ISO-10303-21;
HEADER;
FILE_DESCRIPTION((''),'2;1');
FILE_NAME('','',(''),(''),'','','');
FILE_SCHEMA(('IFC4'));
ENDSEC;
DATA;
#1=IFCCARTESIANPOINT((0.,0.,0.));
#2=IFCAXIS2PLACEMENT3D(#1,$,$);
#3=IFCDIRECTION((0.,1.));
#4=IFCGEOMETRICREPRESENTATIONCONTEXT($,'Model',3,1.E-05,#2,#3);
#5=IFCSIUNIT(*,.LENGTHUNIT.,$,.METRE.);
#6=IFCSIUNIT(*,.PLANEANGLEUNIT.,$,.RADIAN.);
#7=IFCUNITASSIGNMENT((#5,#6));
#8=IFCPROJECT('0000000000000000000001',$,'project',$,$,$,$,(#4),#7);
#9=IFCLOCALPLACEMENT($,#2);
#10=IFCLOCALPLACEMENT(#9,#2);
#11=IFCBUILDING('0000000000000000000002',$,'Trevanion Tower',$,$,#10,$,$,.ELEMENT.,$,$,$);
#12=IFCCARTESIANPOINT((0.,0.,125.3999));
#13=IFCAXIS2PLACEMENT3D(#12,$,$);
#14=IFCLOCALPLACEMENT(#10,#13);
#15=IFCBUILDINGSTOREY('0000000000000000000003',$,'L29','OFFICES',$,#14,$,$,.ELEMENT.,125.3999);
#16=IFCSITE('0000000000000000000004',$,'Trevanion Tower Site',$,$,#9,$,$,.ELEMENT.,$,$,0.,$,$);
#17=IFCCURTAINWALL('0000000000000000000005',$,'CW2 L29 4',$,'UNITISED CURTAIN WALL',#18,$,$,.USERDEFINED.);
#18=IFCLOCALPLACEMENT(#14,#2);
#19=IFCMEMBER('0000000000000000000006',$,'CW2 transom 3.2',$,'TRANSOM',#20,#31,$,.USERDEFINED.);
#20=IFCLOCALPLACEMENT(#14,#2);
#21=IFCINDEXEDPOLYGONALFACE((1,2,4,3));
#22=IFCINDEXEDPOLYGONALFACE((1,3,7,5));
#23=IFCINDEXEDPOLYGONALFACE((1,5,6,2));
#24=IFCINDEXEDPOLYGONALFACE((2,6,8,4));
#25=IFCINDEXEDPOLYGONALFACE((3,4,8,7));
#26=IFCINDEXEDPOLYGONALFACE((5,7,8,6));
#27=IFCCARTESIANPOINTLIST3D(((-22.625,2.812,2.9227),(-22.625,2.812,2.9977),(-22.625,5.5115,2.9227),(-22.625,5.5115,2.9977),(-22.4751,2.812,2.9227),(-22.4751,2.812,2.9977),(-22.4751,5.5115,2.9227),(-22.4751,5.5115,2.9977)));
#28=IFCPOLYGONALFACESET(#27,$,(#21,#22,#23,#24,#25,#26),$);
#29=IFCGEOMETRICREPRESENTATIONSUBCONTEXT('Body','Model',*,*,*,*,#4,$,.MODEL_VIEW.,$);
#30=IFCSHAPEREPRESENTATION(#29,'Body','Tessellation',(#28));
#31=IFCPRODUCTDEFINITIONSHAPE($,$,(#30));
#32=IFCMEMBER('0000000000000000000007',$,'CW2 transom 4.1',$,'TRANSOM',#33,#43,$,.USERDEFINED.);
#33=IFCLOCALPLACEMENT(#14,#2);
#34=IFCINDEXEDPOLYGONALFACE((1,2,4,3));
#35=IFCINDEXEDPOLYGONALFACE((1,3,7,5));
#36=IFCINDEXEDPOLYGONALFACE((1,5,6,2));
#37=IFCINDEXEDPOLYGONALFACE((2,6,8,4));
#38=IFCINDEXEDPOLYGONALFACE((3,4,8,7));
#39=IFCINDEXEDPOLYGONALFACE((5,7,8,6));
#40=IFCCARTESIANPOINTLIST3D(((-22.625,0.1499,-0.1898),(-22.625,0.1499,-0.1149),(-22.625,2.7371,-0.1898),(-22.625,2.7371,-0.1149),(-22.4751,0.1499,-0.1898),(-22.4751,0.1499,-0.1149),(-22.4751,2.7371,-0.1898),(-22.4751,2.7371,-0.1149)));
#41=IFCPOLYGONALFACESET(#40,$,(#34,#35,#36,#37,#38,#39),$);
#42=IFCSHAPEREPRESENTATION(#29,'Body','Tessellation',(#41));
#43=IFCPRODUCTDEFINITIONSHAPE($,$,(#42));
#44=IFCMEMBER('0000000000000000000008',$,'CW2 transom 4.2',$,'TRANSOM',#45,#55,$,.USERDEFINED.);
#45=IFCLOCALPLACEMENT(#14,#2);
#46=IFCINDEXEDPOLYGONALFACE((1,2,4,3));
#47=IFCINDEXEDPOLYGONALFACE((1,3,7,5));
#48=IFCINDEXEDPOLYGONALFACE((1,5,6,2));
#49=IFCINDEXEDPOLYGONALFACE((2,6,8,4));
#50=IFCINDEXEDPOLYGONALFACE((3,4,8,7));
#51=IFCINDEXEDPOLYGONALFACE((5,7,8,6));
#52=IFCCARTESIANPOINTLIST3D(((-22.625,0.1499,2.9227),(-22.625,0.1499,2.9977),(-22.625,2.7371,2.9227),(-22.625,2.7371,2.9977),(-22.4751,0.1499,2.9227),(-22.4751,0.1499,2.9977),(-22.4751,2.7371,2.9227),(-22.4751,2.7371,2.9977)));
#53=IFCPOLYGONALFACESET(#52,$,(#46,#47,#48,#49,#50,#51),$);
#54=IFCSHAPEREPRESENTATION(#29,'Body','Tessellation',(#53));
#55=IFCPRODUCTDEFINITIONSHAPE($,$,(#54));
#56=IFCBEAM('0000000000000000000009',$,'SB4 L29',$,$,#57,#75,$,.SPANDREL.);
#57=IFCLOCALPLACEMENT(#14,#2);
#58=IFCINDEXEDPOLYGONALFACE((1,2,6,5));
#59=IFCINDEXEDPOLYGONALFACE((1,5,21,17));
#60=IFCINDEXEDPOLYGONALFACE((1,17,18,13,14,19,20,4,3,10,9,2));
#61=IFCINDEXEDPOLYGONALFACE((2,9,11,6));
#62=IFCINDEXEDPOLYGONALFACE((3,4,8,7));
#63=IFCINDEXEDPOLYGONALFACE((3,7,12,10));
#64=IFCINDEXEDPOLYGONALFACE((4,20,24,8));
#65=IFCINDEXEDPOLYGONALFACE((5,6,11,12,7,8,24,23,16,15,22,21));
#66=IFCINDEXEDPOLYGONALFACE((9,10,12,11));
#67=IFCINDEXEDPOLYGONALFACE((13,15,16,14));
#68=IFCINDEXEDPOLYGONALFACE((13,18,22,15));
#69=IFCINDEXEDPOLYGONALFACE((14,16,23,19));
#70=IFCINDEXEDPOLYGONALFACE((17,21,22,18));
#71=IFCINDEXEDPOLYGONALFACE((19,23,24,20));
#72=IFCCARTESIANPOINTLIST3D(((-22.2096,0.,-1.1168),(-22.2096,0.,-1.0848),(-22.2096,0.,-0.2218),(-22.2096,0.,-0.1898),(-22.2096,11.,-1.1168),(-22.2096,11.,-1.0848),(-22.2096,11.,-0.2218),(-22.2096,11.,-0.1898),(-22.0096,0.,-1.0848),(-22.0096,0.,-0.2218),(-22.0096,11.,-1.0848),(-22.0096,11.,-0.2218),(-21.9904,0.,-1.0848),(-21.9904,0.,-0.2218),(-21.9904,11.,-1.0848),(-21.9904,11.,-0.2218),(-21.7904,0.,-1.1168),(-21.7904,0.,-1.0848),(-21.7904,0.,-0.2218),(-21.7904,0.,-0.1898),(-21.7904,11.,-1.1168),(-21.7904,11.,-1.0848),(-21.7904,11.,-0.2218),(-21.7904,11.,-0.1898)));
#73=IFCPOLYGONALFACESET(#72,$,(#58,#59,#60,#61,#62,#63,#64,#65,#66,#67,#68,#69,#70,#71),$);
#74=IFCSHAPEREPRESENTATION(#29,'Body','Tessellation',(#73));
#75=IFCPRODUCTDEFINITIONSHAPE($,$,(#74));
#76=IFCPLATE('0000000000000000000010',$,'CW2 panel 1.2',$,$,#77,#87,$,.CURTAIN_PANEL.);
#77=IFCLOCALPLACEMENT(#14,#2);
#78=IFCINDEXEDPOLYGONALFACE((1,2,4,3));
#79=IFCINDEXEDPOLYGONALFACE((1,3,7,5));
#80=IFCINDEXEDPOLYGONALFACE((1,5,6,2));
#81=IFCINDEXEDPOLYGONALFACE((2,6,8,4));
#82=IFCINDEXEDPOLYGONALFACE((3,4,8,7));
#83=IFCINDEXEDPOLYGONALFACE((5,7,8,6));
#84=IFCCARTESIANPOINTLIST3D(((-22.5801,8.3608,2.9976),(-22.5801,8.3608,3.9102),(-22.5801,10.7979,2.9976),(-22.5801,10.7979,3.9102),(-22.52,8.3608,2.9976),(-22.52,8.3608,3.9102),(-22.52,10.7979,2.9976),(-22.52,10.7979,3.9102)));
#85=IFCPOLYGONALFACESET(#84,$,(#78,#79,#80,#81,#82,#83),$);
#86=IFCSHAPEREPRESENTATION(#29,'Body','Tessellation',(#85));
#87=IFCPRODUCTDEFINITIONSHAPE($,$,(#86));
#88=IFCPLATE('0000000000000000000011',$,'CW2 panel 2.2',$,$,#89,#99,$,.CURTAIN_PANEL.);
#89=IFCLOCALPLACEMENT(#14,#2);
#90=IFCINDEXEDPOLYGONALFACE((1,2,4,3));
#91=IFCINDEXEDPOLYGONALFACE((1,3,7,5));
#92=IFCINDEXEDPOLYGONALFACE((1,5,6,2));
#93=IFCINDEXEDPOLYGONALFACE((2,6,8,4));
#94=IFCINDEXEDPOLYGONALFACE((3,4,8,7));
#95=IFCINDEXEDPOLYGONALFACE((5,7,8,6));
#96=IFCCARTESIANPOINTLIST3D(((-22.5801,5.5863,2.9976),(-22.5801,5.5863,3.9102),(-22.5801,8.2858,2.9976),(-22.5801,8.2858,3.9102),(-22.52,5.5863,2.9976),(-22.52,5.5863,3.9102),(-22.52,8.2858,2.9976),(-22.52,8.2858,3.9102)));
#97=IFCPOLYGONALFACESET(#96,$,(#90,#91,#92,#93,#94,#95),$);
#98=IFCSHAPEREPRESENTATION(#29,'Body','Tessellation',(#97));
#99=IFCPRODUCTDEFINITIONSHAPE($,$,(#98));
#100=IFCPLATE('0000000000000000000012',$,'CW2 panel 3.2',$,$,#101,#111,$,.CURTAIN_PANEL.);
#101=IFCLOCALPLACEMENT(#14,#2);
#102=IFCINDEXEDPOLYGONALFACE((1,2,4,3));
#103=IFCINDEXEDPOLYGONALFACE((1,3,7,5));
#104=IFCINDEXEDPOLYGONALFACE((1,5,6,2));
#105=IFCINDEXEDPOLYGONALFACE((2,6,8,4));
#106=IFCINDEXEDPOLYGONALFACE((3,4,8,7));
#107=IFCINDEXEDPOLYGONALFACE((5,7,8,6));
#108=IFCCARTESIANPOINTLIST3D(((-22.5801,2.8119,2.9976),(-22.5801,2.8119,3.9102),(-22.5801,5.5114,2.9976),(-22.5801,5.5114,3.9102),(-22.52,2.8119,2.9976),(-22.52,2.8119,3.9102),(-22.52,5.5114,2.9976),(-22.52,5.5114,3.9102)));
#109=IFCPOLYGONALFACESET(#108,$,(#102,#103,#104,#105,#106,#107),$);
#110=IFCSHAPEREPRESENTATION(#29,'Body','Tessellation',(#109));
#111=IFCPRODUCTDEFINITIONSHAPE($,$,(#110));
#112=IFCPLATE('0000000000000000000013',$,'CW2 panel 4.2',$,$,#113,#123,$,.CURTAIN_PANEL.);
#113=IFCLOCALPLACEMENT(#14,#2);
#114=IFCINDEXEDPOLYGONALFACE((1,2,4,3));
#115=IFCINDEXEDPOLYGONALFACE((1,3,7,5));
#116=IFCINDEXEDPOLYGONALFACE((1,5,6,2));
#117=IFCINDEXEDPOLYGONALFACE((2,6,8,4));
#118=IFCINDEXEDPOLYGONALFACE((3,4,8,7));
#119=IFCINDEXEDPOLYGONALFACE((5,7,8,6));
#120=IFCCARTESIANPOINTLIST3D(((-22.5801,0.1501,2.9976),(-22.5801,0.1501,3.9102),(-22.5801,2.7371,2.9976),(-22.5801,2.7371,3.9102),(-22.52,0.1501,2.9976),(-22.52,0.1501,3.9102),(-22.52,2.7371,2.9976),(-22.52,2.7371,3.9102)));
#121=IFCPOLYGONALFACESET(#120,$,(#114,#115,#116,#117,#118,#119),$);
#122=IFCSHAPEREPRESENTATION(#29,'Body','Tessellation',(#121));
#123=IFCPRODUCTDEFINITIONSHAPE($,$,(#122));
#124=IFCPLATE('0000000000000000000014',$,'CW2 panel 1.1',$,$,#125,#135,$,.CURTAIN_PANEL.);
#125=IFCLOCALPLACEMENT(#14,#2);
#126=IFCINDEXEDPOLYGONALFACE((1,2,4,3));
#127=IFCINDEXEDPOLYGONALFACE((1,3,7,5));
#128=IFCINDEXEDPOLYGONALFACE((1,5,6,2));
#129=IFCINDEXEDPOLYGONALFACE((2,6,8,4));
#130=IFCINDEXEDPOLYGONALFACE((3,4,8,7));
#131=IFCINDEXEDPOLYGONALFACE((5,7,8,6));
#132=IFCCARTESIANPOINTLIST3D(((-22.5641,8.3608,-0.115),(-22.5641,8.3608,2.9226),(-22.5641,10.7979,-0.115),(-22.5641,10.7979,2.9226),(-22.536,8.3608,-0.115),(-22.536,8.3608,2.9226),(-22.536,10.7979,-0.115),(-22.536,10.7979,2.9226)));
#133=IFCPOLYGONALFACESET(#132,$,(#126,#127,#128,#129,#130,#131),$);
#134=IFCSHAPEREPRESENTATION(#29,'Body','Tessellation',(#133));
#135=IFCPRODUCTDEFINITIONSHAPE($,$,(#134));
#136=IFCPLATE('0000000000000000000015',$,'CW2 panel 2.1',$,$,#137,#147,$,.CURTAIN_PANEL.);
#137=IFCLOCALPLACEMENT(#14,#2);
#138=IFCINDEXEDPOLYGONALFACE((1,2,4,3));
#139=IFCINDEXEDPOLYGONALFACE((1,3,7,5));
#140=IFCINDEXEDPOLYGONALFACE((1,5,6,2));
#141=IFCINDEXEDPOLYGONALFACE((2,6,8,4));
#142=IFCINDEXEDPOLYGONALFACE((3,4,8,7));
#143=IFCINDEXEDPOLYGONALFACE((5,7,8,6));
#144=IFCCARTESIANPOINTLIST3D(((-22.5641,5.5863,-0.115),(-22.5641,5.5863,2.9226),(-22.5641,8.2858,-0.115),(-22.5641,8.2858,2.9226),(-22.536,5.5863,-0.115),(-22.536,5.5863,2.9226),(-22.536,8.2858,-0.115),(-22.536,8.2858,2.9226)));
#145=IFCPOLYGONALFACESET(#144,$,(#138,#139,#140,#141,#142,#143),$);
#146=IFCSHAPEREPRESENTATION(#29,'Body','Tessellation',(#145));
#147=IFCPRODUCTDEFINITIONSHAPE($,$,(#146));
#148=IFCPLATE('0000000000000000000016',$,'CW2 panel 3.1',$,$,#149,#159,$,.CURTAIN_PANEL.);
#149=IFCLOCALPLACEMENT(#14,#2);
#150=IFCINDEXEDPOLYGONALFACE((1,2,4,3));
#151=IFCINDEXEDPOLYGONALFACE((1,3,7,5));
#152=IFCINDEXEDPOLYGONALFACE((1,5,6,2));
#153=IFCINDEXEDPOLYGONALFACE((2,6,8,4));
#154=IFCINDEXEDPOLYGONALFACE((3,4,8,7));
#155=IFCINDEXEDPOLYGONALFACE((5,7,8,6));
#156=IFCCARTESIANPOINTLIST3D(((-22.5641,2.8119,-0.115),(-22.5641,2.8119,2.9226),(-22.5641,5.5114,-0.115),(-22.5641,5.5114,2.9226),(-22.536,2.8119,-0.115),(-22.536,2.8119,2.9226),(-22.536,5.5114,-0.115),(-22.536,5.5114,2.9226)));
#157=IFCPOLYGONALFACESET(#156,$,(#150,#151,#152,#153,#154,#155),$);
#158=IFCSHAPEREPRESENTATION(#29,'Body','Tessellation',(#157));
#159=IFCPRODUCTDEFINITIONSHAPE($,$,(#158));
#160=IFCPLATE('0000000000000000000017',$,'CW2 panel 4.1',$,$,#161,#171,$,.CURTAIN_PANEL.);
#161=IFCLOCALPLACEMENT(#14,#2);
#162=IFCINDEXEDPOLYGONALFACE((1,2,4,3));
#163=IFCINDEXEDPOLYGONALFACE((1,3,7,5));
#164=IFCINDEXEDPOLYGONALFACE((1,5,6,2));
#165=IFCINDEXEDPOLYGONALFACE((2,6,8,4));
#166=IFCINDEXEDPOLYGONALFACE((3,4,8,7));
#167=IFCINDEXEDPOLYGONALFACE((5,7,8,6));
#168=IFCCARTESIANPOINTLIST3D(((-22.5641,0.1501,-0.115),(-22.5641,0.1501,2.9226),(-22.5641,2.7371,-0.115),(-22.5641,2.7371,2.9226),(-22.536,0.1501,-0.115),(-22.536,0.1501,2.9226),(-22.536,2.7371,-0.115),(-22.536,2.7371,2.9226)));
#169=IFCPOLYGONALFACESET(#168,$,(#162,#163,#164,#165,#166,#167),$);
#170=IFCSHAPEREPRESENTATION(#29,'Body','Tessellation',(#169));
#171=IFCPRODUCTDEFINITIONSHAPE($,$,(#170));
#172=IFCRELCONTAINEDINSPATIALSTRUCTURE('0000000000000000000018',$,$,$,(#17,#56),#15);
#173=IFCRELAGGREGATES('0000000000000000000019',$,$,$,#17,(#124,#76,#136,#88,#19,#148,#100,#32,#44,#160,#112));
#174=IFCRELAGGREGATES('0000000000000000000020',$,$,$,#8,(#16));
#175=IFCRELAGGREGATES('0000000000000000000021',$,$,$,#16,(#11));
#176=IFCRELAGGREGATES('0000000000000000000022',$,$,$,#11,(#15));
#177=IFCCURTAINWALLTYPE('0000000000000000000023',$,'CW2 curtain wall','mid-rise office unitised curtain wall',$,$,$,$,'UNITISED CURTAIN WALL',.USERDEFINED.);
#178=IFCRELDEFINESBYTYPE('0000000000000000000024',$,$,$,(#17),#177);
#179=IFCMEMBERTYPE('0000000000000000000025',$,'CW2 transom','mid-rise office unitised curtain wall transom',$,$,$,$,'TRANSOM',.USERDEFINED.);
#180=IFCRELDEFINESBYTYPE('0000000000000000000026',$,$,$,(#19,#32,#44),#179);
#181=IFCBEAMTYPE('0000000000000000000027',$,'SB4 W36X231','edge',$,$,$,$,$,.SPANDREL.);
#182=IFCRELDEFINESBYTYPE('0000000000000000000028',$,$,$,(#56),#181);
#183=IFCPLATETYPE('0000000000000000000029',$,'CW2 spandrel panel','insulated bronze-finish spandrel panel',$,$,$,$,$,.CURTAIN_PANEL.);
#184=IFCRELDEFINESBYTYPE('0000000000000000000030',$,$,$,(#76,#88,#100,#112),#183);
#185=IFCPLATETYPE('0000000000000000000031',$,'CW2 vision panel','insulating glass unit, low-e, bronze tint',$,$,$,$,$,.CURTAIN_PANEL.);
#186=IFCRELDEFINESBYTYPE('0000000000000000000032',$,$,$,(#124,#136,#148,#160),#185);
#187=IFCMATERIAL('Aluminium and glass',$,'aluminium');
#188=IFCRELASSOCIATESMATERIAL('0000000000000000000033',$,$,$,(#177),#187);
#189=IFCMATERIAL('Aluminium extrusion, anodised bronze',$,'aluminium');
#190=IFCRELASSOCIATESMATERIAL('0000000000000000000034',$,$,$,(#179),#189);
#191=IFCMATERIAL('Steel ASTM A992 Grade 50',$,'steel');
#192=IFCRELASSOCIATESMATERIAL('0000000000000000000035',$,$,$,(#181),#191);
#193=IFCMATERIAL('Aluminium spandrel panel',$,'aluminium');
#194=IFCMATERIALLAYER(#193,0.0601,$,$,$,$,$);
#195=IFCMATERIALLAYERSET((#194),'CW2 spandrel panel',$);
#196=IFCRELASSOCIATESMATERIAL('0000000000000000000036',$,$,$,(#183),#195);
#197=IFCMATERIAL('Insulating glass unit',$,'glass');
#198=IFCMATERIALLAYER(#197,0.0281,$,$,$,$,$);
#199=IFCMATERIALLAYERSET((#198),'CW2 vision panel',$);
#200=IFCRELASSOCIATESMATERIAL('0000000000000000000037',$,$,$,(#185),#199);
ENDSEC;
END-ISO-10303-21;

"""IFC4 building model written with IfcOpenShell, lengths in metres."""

from ifc_helpers import new_model, si_unit, direction, frame, origin, origin_2d, place, context, subcontext, project, spatial, rectangle, i_section, extrude, material, layer, layer_set, material_profile, profile_set, type_object, element, aggregate, save


model = new_model("IFC4")

# Units and contexts
model_context = context("Model", 3, precision=1e-05, world=origin(), true_north=direction((0.0, 1.0)))
body_context = subcontext(model_context, "Body", "Model", "MODEL_VIEW")
ifc_project = project(units=[si_unit("LENGTHUNIT", "METRE"), si_unit("PLANEANGLEUNIT", "RADIAN")], contexts=[model_context])

# Site, building, storey
site_placement = place(None, origin())
site = spatial("IfcSite", under=ifc_project, at=site_placement, Name="Trevanion Tower Site", CompositionType="ELEMENT", RefElevation=0.0)
building_placement = place(site_placement, origin())
building = spatial("IfcBuilding", under=site, at=building_placement, Name="Trevanion Tower", CompositionType="ELEMENT")
storey_placement = place(building_placement, frame((0.0, 0.0, 125.3999)))
storey = spatial("IfcBuildingStorey", under=building, at=storey_placement, Name="L29", Description="OFFICES", CompositionType="ELEMENT", Elevation=125.3999)

# Curtain wall, members
ifc_material_1 = material(Name="Aluminium and glass", Category="aluminium")
curtain_wall_type = type_object("IfcCurtainWallType", Name="CW2 curtain wall", Description="mid-rise office unitised curtain wall", ElementType="UNITISED CURTAIN WALL", PredefinedType="USERDEFINED", material=ifc_material_1)
curtain_wall_placement = place(storey_placement, origin())
curtain_wall = element("IfcCurtainWall", 1, at=curtain_wall_placement, inside=storey, type_object=curtain_wall_type, Name="CW2 L29 4", ObjectType="UNITISED CURTAIN WALL", PredefinedType="USERDEFINED")
ifc_material_2 = material(Name="Aluminium extrusion, anodised bronze", Category="aluminium")
ifc_material_profile_1 = material_profile(ifc_material_2, rectangle(XDim=0.1499, YDim=0.075, at=origin_2d()), Name="CW2 transom")
ifc_profile_set_1 = profile_set([ifc_material_profile_1], Name="Aluminium extrusion, anodised bronze")
member_type_1 = type_object("IfcMemberType", Name="CW2 transom", Description="mid-rise office unitised curtain wall transom", ElementType="TRANSOM", PredefinedType="USERDEFINED", material=ifc_profile_set_1)
member_1_placement = place(storey_placement, frame((-22.55, 5.5115, 2.9602), z_axis=(0.0, -1.0, 0.0), x_axis=(1.0, 0.0, 0.0)))
member_1 = element("IfcMember", 2, at=member_1_placement, type_object=member_type_1, Name="CW2 transom 3.2", ObjectType="TRANSOM", PredefinedType="USERDEFINED", context=body_context, shape_type="SweptSolid", body=[
    extrude(rectangle(XDim=0.1499, YDim=0.075, at=origin_2d()), origin(), (0.0, 0.0, 1.0), 2.6995),
])
member_2_placement = place(storey_placement, frame((-22.55, 2.7371, -0.1523), z_axis=(0.0, -1.0, 0.0), x_axis=(1.0, 0.0, 0.0)))
member_2 = element("IfcMember", 3, at=member_2_placement, type_object=member_type_1, Name="CW2 transom 4.1", ObjectType="TRANSOM", PredefinedType="USERDEFINED", context=body_context, shape_type="SweptSolid", body=[
    extrude(rectangle(XDim=0.1499, YDim=0.075, at=origin_2d()), origin(), (0.0, 0.0, 1.0), 2.5872),
])
member_3_placement = place(storey_placement, frame((-22.55, 2.7371, 2.9602), z_axis=(0.0, -1.0, 0.0), x_axis=(1.0, 0.0, 0.0)))
member_3 = element("IfcMember", 4, at=member_3_placement, type_object=member_type_1, Name="CW2 transom 4.2", ObjectType="TRANSOM", PredefinedType="USERDEFINED", context=body_context, shape_type="SweptSolid", body=[
    extrude(rectangle(XDim=0.1499, YDim=0.075, at=origin_2d()), origin(), (0.0, 0.0, 1.0), 2.5872),
])

# Beam
ifc_material_3 = material(Name="Steel ASTM A992 Grade 50", Category="steel")
ifc_material_profile_2 = material_profile(ifc_material_3, i_section(OverallWidth=0.4192, OverallDepth=0.927, WebThickness=0.0193, FlangeThickness=0.032, at=origin_2d()), Name="W36X231")
ifc_profile_set_2 = profile_set([ifc_material_profile_2], Name="Steel ASTM A992 Grade 50")
beam_type_1 = type_object("IfcBeamType", Name="SB4 W36X231", Description="edge", PredefinedType="SPANDREL", material=ifc_profile_set_2)
beam_placement = place(storey_placement, frame((-22.0, 11.0, -0.6533), z_axis=(0.0, -1.0, 0.0), x_axis=(1.0, 0.0, 0.0)))
element("IfcBeam", 5, at=beam_placement, inside=storey, type_object=beam_type_1, Name="SB4 L29", PredefinedType="SPANDREL", context=body_context, shape_type="SweptSolid", body=[
    extrude(i_section(OverallWidth=0.4192, OverallDepth=0.927, WebThickness=0.0193, FlangeThickness=0.032, at=origin_2d()), origin(), (0.0, 0.0, 1.0), 11.0),
])

# Plates
ifc_material_4 = material(Name="Aluminium spandrel panel", Category="aluminium")
ifc_layer_1 = layer(ifc_material_4, 0.0601)
ifc_layer_set_1 = layer_set([ifc_layer_1], Name="CW2 spandrel panel")
plate_type_1 = type_object("IfcPlateType", Name="CW2 spandrel panel", Description="insulated bronze-finish spandrel panel", PredefinedType="CURTAIN_PANEL", material=ifc_layer_set_1)
plate_1_placement = place(storey_placement, frame((-22.55, 9.5793, 2.9976), z_axis=(0.0, 0.0, 1.0), x_axis=(0.0, -1.0, 0.0)))
plate_1 = element("IfcPlate", 6, at=plate_1_placement, type_object=plate_type_1, Name="CW2 panel 1.2", PredefinedType="CURTAIN_PANEL", context=body_context, shape_type="SweptSolid", body=[
    extrude(rectangle(XDim=2.437, YDim=0.0601, at=origin_2d()), origin(), (0.0, 0.0, 1.0), 0.9126),
])
plate_2_placement = place(storey_placement, frame((-22.55, 6.936, 2.9976), z_axis=(0.0, 0.0, 1.0), x_axis=(0.0, -1.0, 0.0)))
plate_2 = element("IfcPlate", 7, at=plate_2_placement, type_object=plate_type_1, Name="CW2 panel 2.2", PredefinedType="CURTAIN_PANEL", context=body_context, shape_type="SweptSolid", body=[
    extrude(rectangle(XDim=2.6995, YDim=0.0601, at=origin_2d()), origin(), (0.0, 0.0, 1.0), 0.9126),
])
plate_3_placement = place(storey_placement, frame((-22.55, 4.1616, 2.9976), z_axis=(0.0, 0.0, 1.0), x_axis=(0.0, -1.0, 0.0)))
plate_3 = element("IfcPlate", 8, at=plate_3_placement, type_object=plate_type_1, Name="CW2 panel 3.2", PredefinedType="CURTAIN_PANEL", context=body_context, shape_type="SweptSolid", body=[
    extrude(rectangle(XDim=2.6995, YDim=0.0601, at=origin_2d()), origin(), (0.0, 0.0, 1.0), 0.9126),
])
plate_4_placement = place(storey_placement, frame((-22.55, 1.4436, 2.9976), z_axis=(0.0, 0.0, 1.0), x_axis=(0.0, -1.0, 0.0)))
plate_4 = element("IfcPlate", 9, at=plate_4_placement, type_object=plate_type_1, Name="CW2 panel 4.2", PredefinedType="CURTAIN_PANEL", context=body_context, shape_type="SweptSolid", body=[
    extrude(rectangle(XDim=2.5869, YDim=0.0601, at=origin_2d()), origin(), (0.0, 0.0, 1.0), 0.9126),
])
ifc_material_5 = material(Name="Insulating glass unit", Category="glass")
ifc_layer_2 = layer(ifc_material_5, 0.0281)
ifc_layer_set_2 = layer_set([ifc_layer_2], Name="CW2 vision panel")
plate_type_2 = type_object("IfcPlateType", Name="CW2 vision panel", Description="insulating glass unit, low-e, bronze tint", PredefinedType="CURTAIN_PANEL", material=ifc_layer_set_2)
plate_5_placement = place(storey_placement, frame((-22.55, 9.5793, -0.115), z_axis=(0.0, 0.0, 1.0), x_axis=(0.0, -1.0, 0.0)))
plate_5 = element("IfcPlate", 10, at=plate_5_placement, type_object=plate_type_2, Name="CW2 panel 1.1", PredefinedType="CURTAIN_PANEL", context=body_context, shape_type="SweptSolid", body=[
    extrude(rectangle(XDim=2.437, YDim=0.0281, at=origin_2d()), origin(), (0.0, 0.0, 1.0), 3.0376),
])
plate_6_placement = place(storey_placement, frame((-22.55, 6.936, -0.115), z_axis=(0.0, 0.0, 1.0), x_axis=(0.0, -1.0, 0.0)))
plate_6 = element("IfcPlate", 11, at=plate_6_placement, type_object=plate_type_2, Name="CW2 panel 2.1", PredefinedType="CURTAIN_PANEL", context=body_context, shape_type="SweptSolid", body=[
    extrude(rectangle(XDim=2.6995, YDim=0.0281, at=origin_2d()), origin(), (0.0, 0.0, 1.0), 3.0376),
])
plate_7_placement = place(storey_placement, frame((-22.55, 4.1616, -0.115), z_axis=(0.0, 0.0, 1.0), x_axis=(0.0, -1.0, 0.0)))
plate_7 = element("IfcPlate", 12, at=plate_7_placement, type_object=plate_type_2, Name="CW2 panel 3.1", PredefinedType="CURTAIN_PANEL", context=body_context, shape_type="SweptSolid", body=[
    extrude(rectangle(XDim=2.6995, YDim=0.0281, at=origin_2d()), origin(), (0.0, 0.0, 1.0), 3.0376),
])
plate_8_placement = place(storey_placement, frame((-22.55, 1.4436, -0.115), z_axis=(0.0, 0.0, 1.0), x_axis=(0.0, -1.0, 0.0)))
plate_8 = element("IfcPlate", 13, at=plate_8_placement, type_object=plate_type_2, Name="CW2 panel 4.1", PredefinedType="CURTAIN_PANEL", context=body_context, shape_type="SweptSolid", body=[
    extrude(rectangle(XDim=2.5869, YDim=0.0281, at=origin_2d()), origin(), (0.0, 0.0, 1.0), 3.0376),
])
aggregate(curtain_wall, [plate_5, plate_1, plate_6, plate_2, member_1, plate_7, plate_3, member_2, member_3, plate_8, plate_4])

save(model, "model.ifc")
